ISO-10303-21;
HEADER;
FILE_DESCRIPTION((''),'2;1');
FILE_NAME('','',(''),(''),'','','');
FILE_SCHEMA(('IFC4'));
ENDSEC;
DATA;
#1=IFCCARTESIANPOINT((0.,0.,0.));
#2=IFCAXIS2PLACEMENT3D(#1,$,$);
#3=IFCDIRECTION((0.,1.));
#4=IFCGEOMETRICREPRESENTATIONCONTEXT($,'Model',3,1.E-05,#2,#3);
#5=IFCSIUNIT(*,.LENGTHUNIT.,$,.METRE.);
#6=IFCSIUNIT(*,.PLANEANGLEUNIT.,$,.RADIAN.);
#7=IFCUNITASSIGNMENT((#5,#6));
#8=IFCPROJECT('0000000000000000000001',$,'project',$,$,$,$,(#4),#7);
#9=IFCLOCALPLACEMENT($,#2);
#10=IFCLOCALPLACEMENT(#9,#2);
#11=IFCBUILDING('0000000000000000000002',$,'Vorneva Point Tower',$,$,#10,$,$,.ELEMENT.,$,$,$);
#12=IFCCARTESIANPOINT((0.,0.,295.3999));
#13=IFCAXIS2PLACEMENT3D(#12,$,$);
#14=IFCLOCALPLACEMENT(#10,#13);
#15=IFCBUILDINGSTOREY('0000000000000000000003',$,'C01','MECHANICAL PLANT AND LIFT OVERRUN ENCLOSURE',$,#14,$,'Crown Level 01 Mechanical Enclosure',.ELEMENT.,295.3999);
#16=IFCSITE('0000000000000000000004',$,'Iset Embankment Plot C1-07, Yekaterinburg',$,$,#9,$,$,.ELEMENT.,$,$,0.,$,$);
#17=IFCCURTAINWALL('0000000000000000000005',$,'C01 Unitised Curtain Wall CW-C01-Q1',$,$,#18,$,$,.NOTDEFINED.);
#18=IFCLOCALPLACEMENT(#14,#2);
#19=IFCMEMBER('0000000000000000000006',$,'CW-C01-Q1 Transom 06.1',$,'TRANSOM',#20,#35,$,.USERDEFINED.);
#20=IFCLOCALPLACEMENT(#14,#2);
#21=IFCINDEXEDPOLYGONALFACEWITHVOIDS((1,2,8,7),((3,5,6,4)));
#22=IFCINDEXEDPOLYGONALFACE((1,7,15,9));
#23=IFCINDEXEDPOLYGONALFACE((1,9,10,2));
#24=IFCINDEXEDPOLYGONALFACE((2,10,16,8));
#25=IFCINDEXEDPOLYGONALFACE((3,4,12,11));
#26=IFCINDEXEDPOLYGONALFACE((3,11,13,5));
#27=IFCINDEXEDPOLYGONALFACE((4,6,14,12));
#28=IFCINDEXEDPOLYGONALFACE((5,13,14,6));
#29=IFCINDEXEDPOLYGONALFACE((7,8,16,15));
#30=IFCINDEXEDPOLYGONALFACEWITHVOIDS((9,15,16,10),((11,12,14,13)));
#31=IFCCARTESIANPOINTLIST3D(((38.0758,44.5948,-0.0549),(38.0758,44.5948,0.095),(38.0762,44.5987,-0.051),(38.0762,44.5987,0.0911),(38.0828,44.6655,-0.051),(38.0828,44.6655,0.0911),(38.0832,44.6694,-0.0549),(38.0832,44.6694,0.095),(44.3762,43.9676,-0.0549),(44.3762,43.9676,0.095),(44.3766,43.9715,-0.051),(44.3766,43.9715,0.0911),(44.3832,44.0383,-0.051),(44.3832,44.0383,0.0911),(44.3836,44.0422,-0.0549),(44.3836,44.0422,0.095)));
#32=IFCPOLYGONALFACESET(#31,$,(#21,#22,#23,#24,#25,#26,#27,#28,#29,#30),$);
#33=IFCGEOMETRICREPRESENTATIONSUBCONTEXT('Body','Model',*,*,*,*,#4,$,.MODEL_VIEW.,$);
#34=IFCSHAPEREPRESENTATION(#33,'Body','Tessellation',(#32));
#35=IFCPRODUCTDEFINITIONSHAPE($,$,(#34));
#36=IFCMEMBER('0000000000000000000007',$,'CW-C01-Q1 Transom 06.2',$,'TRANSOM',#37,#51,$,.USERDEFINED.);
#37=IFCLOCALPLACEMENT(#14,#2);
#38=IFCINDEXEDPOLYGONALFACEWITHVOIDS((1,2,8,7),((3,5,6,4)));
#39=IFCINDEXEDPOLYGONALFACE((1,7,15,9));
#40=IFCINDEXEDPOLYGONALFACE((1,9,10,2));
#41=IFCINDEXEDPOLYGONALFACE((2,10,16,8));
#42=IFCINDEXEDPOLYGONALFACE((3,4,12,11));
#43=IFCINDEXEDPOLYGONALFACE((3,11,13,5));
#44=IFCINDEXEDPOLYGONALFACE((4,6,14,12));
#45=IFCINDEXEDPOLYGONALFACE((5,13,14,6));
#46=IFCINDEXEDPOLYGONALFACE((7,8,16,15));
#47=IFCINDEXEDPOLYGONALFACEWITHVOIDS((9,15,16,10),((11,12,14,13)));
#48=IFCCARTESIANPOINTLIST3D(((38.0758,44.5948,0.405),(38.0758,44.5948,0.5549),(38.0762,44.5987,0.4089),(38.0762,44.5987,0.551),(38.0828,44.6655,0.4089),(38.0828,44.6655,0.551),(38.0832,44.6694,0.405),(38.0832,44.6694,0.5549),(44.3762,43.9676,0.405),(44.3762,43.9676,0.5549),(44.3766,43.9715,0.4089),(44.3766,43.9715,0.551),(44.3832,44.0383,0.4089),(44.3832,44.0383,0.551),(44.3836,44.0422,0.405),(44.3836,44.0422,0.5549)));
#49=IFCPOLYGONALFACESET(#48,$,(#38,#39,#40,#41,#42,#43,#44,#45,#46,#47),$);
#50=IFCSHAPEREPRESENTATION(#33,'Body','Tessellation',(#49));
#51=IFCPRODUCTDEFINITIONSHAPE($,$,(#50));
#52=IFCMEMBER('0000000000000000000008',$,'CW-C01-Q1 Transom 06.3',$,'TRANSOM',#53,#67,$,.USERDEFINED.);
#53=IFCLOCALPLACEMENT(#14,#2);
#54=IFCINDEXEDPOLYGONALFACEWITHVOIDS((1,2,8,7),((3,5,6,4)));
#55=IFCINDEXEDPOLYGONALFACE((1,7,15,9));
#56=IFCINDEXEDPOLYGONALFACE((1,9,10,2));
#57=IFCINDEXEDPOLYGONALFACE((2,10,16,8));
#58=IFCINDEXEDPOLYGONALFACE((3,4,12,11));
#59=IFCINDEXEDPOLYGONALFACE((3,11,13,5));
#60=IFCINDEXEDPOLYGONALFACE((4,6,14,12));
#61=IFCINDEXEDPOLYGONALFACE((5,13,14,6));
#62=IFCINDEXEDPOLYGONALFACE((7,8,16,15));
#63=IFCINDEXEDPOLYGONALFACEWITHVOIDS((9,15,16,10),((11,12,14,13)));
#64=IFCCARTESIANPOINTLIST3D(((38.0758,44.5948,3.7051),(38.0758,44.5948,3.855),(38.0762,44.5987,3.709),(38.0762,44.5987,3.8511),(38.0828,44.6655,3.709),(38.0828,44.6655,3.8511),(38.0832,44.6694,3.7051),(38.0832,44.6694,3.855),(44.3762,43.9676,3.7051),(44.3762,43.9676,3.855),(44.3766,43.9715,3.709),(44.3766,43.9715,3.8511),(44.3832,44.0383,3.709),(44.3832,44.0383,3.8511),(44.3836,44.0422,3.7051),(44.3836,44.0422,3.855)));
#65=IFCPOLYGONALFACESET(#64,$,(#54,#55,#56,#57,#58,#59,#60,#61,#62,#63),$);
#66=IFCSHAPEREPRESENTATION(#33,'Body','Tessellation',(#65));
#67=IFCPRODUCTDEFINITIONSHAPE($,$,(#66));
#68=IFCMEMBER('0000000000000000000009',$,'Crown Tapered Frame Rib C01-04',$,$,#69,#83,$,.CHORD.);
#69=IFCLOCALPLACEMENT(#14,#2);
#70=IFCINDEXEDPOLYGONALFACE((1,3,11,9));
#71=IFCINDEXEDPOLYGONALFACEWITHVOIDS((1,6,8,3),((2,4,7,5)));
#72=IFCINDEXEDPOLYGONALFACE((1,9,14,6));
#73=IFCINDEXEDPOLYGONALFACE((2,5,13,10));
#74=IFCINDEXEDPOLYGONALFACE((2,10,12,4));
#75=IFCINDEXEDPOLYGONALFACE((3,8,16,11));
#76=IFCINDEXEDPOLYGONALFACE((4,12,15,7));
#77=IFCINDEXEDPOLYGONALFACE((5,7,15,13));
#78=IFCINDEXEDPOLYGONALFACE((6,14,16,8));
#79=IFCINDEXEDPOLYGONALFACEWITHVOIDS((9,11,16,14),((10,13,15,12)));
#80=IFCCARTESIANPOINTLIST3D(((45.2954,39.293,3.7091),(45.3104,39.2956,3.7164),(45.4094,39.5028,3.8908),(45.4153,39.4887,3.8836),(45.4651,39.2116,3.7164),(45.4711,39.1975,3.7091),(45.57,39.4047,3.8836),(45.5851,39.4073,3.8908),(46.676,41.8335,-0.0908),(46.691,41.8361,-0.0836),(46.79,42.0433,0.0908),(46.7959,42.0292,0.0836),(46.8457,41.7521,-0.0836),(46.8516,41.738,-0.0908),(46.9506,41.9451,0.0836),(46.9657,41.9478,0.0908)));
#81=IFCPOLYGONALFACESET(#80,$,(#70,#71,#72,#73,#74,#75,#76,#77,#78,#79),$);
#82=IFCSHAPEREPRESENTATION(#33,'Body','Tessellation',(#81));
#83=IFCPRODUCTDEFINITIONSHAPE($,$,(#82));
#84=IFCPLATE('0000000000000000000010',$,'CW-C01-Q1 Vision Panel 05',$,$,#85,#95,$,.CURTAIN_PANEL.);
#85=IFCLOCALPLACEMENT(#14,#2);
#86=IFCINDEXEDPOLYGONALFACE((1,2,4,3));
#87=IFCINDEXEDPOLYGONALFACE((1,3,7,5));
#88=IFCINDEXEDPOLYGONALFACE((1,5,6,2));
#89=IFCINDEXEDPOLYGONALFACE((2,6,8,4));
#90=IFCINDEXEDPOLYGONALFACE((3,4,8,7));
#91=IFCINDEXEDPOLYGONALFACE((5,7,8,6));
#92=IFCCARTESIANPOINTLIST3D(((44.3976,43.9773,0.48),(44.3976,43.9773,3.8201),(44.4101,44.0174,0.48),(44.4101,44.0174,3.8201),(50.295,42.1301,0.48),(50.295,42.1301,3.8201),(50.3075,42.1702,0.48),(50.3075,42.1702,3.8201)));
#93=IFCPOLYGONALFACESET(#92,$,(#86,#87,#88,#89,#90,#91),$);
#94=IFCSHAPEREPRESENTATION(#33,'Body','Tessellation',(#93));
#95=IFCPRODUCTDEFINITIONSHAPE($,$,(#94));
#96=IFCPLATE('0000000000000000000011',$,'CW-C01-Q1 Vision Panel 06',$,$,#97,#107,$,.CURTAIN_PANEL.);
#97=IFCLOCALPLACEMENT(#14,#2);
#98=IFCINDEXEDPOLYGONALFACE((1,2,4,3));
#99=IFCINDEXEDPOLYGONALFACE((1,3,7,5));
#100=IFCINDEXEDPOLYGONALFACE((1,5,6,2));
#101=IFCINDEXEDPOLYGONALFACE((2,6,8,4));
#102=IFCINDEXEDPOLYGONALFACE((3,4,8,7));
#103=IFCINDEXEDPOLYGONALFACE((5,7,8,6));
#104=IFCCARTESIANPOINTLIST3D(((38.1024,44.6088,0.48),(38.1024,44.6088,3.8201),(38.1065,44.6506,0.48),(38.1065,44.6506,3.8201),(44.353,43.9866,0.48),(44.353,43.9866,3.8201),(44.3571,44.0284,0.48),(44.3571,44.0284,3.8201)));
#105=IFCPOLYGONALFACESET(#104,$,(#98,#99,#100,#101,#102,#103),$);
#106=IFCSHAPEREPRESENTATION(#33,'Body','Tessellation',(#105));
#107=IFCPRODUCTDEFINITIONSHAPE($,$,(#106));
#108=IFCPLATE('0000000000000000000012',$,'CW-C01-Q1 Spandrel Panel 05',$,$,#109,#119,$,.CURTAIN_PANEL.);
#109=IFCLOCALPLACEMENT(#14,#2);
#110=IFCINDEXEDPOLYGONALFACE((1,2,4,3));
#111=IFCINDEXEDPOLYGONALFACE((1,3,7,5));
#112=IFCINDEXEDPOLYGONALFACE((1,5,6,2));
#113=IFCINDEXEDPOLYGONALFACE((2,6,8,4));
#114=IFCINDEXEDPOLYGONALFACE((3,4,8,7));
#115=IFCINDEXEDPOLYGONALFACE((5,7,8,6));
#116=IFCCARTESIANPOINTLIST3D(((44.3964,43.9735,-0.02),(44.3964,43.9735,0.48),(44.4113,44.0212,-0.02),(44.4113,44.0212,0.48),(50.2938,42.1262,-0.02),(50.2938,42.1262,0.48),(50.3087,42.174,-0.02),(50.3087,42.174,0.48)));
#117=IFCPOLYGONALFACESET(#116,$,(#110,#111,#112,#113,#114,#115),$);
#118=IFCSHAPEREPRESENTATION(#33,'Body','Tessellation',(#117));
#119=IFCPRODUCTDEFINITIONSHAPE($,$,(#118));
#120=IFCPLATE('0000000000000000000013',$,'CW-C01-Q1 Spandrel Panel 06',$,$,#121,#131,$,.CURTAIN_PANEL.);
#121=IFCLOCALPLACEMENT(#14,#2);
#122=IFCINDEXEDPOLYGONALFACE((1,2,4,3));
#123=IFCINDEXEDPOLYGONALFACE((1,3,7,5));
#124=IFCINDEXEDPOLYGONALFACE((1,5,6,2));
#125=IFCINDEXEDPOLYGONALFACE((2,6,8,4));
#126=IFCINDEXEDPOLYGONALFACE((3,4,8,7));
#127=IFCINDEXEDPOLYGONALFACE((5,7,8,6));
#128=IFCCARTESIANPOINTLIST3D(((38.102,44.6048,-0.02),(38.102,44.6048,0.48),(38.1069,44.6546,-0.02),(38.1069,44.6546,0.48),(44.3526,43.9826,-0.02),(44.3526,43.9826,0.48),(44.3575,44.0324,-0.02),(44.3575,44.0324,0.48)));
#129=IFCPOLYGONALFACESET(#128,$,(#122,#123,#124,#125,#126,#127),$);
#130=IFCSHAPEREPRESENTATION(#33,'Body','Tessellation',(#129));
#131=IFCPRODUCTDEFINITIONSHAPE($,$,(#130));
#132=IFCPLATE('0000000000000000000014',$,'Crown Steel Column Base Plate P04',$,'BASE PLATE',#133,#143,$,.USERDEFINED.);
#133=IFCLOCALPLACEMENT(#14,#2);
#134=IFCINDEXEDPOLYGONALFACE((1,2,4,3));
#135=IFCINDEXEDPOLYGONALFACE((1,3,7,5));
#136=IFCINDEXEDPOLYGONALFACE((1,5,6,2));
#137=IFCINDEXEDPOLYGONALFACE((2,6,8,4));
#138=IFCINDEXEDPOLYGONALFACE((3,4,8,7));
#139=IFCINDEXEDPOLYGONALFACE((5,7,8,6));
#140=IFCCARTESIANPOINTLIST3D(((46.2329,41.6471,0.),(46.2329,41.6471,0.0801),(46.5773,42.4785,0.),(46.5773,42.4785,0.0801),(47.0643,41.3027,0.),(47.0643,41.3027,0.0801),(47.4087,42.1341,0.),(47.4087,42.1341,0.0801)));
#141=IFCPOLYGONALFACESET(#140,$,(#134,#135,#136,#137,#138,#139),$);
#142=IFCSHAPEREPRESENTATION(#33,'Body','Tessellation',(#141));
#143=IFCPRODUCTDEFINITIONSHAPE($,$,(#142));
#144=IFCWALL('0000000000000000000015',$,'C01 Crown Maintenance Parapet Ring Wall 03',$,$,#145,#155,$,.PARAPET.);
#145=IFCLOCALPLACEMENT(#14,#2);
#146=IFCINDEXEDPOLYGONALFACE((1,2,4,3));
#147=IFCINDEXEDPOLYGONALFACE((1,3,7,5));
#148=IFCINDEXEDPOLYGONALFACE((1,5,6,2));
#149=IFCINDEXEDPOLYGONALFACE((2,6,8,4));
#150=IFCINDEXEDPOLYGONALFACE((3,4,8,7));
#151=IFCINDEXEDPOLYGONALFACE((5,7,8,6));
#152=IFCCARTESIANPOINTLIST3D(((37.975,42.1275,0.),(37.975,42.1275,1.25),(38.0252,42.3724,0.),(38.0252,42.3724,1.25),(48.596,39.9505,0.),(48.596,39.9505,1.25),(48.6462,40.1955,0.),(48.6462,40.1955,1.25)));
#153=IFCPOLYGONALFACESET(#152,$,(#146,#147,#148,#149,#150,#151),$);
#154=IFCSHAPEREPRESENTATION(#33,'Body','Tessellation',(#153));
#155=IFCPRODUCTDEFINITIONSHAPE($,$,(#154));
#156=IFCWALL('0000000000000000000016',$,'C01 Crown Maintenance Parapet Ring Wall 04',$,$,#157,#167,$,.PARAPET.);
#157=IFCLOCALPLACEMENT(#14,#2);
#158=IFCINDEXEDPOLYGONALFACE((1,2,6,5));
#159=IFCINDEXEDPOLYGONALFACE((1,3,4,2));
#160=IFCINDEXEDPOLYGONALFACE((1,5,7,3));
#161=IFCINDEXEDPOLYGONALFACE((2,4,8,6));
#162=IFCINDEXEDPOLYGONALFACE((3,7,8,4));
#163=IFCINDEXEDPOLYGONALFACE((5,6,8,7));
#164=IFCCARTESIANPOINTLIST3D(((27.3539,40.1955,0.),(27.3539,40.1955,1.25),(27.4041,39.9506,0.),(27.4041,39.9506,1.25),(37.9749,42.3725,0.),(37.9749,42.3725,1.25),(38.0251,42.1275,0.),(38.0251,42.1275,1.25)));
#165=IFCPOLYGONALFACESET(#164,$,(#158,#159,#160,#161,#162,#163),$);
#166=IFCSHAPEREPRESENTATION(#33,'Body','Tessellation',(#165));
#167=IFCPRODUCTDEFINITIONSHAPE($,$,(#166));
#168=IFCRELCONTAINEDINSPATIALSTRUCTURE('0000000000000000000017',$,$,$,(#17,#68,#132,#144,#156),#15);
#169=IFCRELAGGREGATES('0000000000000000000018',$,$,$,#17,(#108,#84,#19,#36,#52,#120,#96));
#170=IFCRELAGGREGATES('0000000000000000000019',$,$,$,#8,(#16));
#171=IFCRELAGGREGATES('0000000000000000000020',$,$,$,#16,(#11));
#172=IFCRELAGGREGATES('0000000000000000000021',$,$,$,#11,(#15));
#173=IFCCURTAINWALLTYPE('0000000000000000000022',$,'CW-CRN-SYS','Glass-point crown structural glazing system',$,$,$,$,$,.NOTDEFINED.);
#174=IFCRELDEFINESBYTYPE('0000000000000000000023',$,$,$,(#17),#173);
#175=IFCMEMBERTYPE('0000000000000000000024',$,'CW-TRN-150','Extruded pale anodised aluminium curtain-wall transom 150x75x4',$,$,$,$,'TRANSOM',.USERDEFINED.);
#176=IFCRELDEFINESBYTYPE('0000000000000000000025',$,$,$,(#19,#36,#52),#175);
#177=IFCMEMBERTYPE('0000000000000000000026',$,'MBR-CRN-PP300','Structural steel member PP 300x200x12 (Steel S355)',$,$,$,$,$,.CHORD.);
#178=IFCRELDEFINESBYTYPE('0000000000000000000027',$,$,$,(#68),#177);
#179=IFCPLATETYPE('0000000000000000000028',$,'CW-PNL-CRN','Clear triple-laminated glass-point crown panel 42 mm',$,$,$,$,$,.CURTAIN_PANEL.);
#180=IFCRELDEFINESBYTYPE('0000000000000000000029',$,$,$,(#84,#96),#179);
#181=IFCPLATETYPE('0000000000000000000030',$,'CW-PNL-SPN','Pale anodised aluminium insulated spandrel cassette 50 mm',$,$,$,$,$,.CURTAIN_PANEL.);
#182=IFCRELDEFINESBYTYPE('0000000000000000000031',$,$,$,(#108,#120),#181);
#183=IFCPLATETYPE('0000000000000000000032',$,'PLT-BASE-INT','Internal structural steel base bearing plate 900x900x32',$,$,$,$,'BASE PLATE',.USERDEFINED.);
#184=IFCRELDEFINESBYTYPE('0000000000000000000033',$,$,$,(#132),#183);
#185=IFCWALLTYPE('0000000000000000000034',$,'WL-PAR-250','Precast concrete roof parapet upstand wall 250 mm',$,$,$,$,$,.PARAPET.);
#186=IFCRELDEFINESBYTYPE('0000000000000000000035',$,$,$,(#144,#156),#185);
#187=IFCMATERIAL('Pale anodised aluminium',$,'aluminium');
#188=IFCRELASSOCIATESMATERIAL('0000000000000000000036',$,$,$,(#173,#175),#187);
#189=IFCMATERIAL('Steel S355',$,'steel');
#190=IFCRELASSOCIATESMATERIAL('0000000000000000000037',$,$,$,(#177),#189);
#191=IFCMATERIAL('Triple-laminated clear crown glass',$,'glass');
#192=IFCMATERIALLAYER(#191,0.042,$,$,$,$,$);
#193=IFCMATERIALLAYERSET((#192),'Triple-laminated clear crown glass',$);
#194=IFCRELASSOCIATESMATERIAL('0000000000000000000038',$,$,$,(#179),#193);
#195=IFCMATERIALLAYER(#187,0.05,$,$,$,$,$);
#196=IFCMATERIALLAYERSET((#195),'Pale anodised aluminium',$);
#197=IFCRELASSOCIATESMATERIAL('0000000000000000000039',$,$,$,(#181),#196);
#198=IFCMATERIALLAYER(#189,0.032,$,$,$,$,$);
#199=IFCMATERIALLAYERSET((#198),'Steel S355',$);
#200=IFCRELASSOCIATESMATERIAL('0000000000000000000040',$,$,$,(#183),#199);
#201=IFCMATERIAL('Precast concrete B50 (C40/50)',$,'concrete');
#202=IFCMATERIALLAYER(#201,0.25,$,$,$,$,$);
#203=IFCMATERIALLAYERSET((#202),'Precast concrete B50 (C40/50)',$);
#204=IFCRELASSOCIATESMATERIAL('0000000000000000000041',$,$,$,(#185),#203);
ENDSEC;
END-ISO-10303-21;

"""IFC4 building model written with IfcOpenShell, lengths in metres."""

from ifc_helpers import new_model, si_unit, direction, frame, frame_2d, origin, origin_2d, place, context, subcontext, project, spatial, rectangle, hollow_rectangle, extrude, material, layer, layer_set, material_profile, profile_set, type_object, element, aggregate, save


model = new_model("IFC4")

# Units and contexts
model_context = context("Model", 3, precision=1e-05, world=origin(), true_north=direction((0.0, 1.0)))
body_context = subcontext(model_context, "Body", "Model", "MODEL_VIEW")
ifc_project = project(units=[si_unit("LENGTHUNIT", "METRE"), si_unit("PLANEANGLEUNIT", "RADIAN")], contexts=[model_context])

# Site, building, storey
site_placement = place(None, origin())
site = spatial("IfcSite", under=ifc_project, at=site_placement, Name="Iset Embankment Plot C1-07, Yekaterinburg", CompositionType="ELEMENT", RefElevation=0.0)
building_placement = place(site_placement, origin())
building = spatial("IfcBuilding", under=site, at=building_placement, Name="Vorneva Point Tower", CompositionType="ELEMENT")
storey_placement = place(building_placement, frame((0.0, 0.0, 295.3999)))
storey = spatial("IfcBuildingStorey", under=building, at=storey_placement, Name="C01", Description="MECHANICAL PLANT AND LIFT OVERRUN ENCLOSURE", LongName="Crown Level 01 Mechanical Enclosure", CompositionType="ELEMENT", Elevation=295.3999)

# Shared definitions
ifc_material_1 = material(Name="Steel S355", Category="steel")

# Curtain wall, members
ifc_material_2 = material(Name="Pale anodised aluminium", Category="aluminium")
curtain_wall_type = type_object("IfcCurtainWallType", Name="CW-CRN-SYS", Description="Glass-point crown structural glazing system", PredefinedType="NOTDEFINED", material=ifc_material_2)
curtain_wall_placement = place(storey_placement, origin())
curtain_wall = element("IfcCurtainWall", 1, at=curtain_wall_placement, inside=storey, type_object=curtain_wall_type, Name="C01 Unitised Curtain Wall CW-C01-Q1", PredefinedType="NOTDEFINED")
ifc_material_profile_1 = material_profile(ifc_material_2, hollow_rectangle(XDim=0.075, YDim=0.1499, WallThickness=0.0039, at=origin_2d()), Name="AL-TRN 150x75x4")
ifc_profile_set_1 = profile_set([ifc_material_profile_1], Name="Pale anodised aluminium")
member_type_1 = type_object("IfcMemberType", Name="CW-TRN-150", Description="Extruded pale anodised aluminium curtain-wall transom 150x75x4", ElementType="TRANSOM", PredefinedType="USERDEFINED", material=ifc_profile_set_1)
member_1_placement = place(storey_placement, frame((44.3799, 44.0049, 0.02), z_axis=(-0.995081, 0.099061, 0.0), x_axis=(-0.099061, -0.995081, 0.0)))
member_1 = element("IfcMember", 2, at=member_1_placement, type_object=member_type_1, Name="CW-C01-Q1 Transom 06.1", ObjectType="TRANSOM", PredefinedType="USERDEFINED", context=body_context, shape_type="SweptSolid", body=[
    extrude(hollow_rectangle(XDim=0.075, YDim=0.1499, WallThickness=0.0039, at=origin_2d()), origin(), (0.0, 0.0, 1.0), 6.3315),
])
member_2_placement = place(storey_placement, frame((44.3799, 44.0049, 0.48), z_axis=(-0.995081, 0.099061, 0.0), x_axis=(-0.099061, -0.995081, 0.0)))
member_2 = element("IfcMember", 3, at=member_2_placement, type_object=member_type_1, Name="CW-C01-Q1 Transom 06.2", ObjectType="TRANSOM", PredefinedType="USERDEFINED", context=body_context, shape_type="SweptSolid", body=[
    extrude(hollow_rectangle(XDim=0.075, YDim=0.1499, WallThickness=0.0039, at=origin_2d()), origin(), (0.0, 0.0, 1.0), 6.3315),
])
member_3_placement = place(storey_placement, frame((44.3799, 44.0049, 3.78), z_axis=(-0.995081, 0.099061, 0.0), x_axis=(-0.099061, -0.995081, 0.0)))
member_3 = element("IfcMember", 4, at=member_3_placement, type_object=member_type_1, Name="CW-C01-Q1 Transom 06.3", ObjectType="TRANSOM", PredefinedType="USERDEFINED", context=body_context, shape_type="SweptSolid", body=[
    extrude(hollow_rectangle(XDim=0.075, YDim=0.1499, WallThickness=0.0039, at=origin_2d()), origin(), (0.0, 0.0, 1.0), 6.3315),
])

# Member
ifc_material_profile_2 = material_profile(ifc_material_1, hollow_rectangle(XDim=0.2, YDim=0.3, WallThickness=0.012, at=origin_2d()), Name="PP 300x200x12")
ifc_profile_set_2 = profile_set([ifc_material_profile_2], Name="Steel S355")
member_type_2 = type_object("IfcMemberType", Name="MBR-CRN-PP300", Description="Structural steel member PP 300x200x12 (Steel S355)", PredefinedType="CHORD", material=ifc_profile_set_2)
member_4_placement = place(storey_placement, frame((46.8208, 41.8906, 0.0), z_axis=(-0.289133, -0.532046, 0.79582), x_axis=(0.87864, -0.477485, 0.0)))
element("IfcMember", 5, at=member_4_placement, inside=storey, type_object=member_type_2, Name="Crown Tapered Frame Rib C01-04", PredefinedType="CHORD", context=body_context, shape_type="SweptSolid", body=[
    extrude(hollow_rectangle(XDim=0.2, YDim=0.3, WallThickness=0.012, at=origin_2d()), origin(), (0.0, 0.0, 1.0), 4.7749),
])

# Plates
ifc_material_3 = material(Name="Triple-laminated clear crown glass", Category="glass")
ifc_layer_1 = layer(ifc_material_3, 0.042)
ifc_layer_set_1 = layer_set([ifc_layer_1], Name="Triple-laminated clear crown glass")
plate_type_1 = type_object("IfcPlateType", Name="CW-PNL-CRN", Description="Clear triple-laminated glass-point crown panel 42 mm", PredefinedType="CURTAIN_PANEL", material=ifc_layer_set_1)
plate_1_placement = place(storey_placement, frame((47.3525, 43.0737, 0.48), z_axis=(0.0, 0.0, 1.0), x_axis=(-0.954282, 0.298908, 0.0)))
plate_1 = element("IfcPlate", 6, at=plate_1_placement, type_object=plate_type_1, Name="CW-C01-Q1 Vision Panel 05", PredefinedType="CURTAIN_PANEL", context=body_context, shape_type="SweptSolid", body=[
    extrude(rectangle(XDim=6.1799, YDim=0.042, at=origin_2d()), origin(), (0.0, 0.0, 1.0), 3.3401),
])
plate_2_placement = place(storey_placement, frame((41.2297, 44.3186, 0.48), z_axis=(0.0, 0.0, 1.0), x_axis=(-0.995082, 0.099059, 0.0)))
plate_2 = element("IfcPlate", 7, at=plate_2_placement, type_object=plate_type_1, Name="CW-C01-Q1 Vision Panel 06", PredefinedType="CURTAIN_PANEL", context=body_context, shape_type="SweptSolid", body=[
    extrude(rectangle(XDim=6.2815, YDim=0.042, at=origin_2d()), origin(), (0.0, 0.0, 1.0), 3.3401),
])
ifc_layer_2 = layer(ifc_material_2, 0.05)
ifc_layer_set_2 = layer_set([ifc_layer_2], Name="Pale anodised aluminium")
plate_type_2 = type_object("IfcPlateType", Name="CW-PNL-SPN", Description="Pale anodised aluminium insulated spandrel cassette 50 mm", PredefinedType="CURTAIN_PANEL", material=ifc_layer_set_2)
plate_3_placement = place(storey_placement, frame((47.3525, 43.0737, -0.02), z_axis=(0.0, 0.0, 1.0), x_axis=(-0.954282, 0.298908, 0.0)))
plate_3 = element("IfcPlate", 8, at=plate_3_placement, type_object=plate_type_2, Name="CW-C01-Q1 Spandrel Panel 05", PredefinedType="CURTAIN_PANEL", context=body_context, shape_type="SweptSolid", body=[
    extrude(rectangle(XDim=6.1799, YDim=0.05, at=origin_2d()), origin(), (0.0, 0.0, 1.0), 0.5),
])
plate_4_placement = place(storey_placement, frame((41.2297, 44.3186, -0.02), z_axis=(0.0, 0.0, 1.0), x_axis=(-0.995082, 0.099059, 0.0)))
plate_4 = element("IfcPlate", 9, at=plate_4_placement, type_object=plate_type_2, Name="CW-C01-Q1 Spandrel Panel 06", PredefinedType="CURTAIN_PANEL", context=body_context, shape_type="SweptSolid", body=[
    extrude(rectangle(XDim=6.2815, YDim=0.05, at=origin_2d()), origin(), (0.0, 0.0, 1.0), 0.5),
])
aggregate(curtain_wall, [plate_3, plate_1, member_1, member_2, member_3, plate_4, plate_2])
ifc_layer_3 = layer(ifc_material_1, 0.032)
ifc_layer_set_3 = layer_set([ifc_layer_3], Name="Steel S355")
plate_type_3 = type_object("IfcPlateType", Name="PLT-BASE-INT", Description="Internal structural steel base bearing plate 900x900x32", ElementType="BASE PLATE", PredefinedType="USERDEFINED", material=ifc_layer_set_3)
plate_5_placement = place(storey_placement, frame((46.8208, 41.8906, 0.0), z_axis=(0.0, 0.0, 1.0), x_axis=(0.382683, 0.92388, 0.0)))
element("IfcPlate", 10, at=plate_5_placement, inside=storey, type_object=plate_type_3, Name="Crown Steel Column Base Plate P04", ObjectType="BASE PLATE", PredefinedType="USERDEFINED", context=body_context, shape_type="SweptSolid", body=[
    extrude(rectangle(XDim=0.8999, YDim=0.8999, at=origin_2d()), origin(), (0.0, 0.0, 1.0), 0.0801),
])

# Walls
ifc_material_4 = material(Name="Precast concrete B50 (C40/50)", Category="concrete")
ifc_layer_4 = layer(ifc_material_4, 0.25)
ifc_layer_set_4 = layer_set([ifc_layer_4], Name="Precast concrete B50 (C40/50)")
wall_type_1 = type_object("IfcWallType", Name="WL-PAR-250", Description="Precast concrete roof parapet upstand wall 250 mm", PredefinedType="PARAPET", material=ifc_layer_set_4)
for number, where, z_axis, x_axis, name in (
    (11, (48.6211, 40.073, 0.0), (0.0, 0.0, 1.0), (-0.979633, 0.200795, 0.0), "C01 Crown Maintenance Parapet Ring Wall 03"),
    (12, (38.0, 42.25, 0.0), (0.0, 0.0, 1.0), (-0.979633, -0.200795, 0.0), "C01 Crown Maintenance Parapet Ring Wall 04"),
):
    element("IfcWall", number, at=place(storey_placement, frame(where, z_axis=z_axis, x_axis=x_axis)), inside=storey, type_object=wall_type_1, Name=name, PredefinedType="PARAPET", context=body_context, shape_type="SweptSolid", body=[
        extrude(rectangle(XDim=10.8418, YDim=0.25, at=frame_2d((5.4209, 0.0))), origin(), (0.0, 0.0, 1.0), 1.25),
    ])

save(model, "model.ifc")
